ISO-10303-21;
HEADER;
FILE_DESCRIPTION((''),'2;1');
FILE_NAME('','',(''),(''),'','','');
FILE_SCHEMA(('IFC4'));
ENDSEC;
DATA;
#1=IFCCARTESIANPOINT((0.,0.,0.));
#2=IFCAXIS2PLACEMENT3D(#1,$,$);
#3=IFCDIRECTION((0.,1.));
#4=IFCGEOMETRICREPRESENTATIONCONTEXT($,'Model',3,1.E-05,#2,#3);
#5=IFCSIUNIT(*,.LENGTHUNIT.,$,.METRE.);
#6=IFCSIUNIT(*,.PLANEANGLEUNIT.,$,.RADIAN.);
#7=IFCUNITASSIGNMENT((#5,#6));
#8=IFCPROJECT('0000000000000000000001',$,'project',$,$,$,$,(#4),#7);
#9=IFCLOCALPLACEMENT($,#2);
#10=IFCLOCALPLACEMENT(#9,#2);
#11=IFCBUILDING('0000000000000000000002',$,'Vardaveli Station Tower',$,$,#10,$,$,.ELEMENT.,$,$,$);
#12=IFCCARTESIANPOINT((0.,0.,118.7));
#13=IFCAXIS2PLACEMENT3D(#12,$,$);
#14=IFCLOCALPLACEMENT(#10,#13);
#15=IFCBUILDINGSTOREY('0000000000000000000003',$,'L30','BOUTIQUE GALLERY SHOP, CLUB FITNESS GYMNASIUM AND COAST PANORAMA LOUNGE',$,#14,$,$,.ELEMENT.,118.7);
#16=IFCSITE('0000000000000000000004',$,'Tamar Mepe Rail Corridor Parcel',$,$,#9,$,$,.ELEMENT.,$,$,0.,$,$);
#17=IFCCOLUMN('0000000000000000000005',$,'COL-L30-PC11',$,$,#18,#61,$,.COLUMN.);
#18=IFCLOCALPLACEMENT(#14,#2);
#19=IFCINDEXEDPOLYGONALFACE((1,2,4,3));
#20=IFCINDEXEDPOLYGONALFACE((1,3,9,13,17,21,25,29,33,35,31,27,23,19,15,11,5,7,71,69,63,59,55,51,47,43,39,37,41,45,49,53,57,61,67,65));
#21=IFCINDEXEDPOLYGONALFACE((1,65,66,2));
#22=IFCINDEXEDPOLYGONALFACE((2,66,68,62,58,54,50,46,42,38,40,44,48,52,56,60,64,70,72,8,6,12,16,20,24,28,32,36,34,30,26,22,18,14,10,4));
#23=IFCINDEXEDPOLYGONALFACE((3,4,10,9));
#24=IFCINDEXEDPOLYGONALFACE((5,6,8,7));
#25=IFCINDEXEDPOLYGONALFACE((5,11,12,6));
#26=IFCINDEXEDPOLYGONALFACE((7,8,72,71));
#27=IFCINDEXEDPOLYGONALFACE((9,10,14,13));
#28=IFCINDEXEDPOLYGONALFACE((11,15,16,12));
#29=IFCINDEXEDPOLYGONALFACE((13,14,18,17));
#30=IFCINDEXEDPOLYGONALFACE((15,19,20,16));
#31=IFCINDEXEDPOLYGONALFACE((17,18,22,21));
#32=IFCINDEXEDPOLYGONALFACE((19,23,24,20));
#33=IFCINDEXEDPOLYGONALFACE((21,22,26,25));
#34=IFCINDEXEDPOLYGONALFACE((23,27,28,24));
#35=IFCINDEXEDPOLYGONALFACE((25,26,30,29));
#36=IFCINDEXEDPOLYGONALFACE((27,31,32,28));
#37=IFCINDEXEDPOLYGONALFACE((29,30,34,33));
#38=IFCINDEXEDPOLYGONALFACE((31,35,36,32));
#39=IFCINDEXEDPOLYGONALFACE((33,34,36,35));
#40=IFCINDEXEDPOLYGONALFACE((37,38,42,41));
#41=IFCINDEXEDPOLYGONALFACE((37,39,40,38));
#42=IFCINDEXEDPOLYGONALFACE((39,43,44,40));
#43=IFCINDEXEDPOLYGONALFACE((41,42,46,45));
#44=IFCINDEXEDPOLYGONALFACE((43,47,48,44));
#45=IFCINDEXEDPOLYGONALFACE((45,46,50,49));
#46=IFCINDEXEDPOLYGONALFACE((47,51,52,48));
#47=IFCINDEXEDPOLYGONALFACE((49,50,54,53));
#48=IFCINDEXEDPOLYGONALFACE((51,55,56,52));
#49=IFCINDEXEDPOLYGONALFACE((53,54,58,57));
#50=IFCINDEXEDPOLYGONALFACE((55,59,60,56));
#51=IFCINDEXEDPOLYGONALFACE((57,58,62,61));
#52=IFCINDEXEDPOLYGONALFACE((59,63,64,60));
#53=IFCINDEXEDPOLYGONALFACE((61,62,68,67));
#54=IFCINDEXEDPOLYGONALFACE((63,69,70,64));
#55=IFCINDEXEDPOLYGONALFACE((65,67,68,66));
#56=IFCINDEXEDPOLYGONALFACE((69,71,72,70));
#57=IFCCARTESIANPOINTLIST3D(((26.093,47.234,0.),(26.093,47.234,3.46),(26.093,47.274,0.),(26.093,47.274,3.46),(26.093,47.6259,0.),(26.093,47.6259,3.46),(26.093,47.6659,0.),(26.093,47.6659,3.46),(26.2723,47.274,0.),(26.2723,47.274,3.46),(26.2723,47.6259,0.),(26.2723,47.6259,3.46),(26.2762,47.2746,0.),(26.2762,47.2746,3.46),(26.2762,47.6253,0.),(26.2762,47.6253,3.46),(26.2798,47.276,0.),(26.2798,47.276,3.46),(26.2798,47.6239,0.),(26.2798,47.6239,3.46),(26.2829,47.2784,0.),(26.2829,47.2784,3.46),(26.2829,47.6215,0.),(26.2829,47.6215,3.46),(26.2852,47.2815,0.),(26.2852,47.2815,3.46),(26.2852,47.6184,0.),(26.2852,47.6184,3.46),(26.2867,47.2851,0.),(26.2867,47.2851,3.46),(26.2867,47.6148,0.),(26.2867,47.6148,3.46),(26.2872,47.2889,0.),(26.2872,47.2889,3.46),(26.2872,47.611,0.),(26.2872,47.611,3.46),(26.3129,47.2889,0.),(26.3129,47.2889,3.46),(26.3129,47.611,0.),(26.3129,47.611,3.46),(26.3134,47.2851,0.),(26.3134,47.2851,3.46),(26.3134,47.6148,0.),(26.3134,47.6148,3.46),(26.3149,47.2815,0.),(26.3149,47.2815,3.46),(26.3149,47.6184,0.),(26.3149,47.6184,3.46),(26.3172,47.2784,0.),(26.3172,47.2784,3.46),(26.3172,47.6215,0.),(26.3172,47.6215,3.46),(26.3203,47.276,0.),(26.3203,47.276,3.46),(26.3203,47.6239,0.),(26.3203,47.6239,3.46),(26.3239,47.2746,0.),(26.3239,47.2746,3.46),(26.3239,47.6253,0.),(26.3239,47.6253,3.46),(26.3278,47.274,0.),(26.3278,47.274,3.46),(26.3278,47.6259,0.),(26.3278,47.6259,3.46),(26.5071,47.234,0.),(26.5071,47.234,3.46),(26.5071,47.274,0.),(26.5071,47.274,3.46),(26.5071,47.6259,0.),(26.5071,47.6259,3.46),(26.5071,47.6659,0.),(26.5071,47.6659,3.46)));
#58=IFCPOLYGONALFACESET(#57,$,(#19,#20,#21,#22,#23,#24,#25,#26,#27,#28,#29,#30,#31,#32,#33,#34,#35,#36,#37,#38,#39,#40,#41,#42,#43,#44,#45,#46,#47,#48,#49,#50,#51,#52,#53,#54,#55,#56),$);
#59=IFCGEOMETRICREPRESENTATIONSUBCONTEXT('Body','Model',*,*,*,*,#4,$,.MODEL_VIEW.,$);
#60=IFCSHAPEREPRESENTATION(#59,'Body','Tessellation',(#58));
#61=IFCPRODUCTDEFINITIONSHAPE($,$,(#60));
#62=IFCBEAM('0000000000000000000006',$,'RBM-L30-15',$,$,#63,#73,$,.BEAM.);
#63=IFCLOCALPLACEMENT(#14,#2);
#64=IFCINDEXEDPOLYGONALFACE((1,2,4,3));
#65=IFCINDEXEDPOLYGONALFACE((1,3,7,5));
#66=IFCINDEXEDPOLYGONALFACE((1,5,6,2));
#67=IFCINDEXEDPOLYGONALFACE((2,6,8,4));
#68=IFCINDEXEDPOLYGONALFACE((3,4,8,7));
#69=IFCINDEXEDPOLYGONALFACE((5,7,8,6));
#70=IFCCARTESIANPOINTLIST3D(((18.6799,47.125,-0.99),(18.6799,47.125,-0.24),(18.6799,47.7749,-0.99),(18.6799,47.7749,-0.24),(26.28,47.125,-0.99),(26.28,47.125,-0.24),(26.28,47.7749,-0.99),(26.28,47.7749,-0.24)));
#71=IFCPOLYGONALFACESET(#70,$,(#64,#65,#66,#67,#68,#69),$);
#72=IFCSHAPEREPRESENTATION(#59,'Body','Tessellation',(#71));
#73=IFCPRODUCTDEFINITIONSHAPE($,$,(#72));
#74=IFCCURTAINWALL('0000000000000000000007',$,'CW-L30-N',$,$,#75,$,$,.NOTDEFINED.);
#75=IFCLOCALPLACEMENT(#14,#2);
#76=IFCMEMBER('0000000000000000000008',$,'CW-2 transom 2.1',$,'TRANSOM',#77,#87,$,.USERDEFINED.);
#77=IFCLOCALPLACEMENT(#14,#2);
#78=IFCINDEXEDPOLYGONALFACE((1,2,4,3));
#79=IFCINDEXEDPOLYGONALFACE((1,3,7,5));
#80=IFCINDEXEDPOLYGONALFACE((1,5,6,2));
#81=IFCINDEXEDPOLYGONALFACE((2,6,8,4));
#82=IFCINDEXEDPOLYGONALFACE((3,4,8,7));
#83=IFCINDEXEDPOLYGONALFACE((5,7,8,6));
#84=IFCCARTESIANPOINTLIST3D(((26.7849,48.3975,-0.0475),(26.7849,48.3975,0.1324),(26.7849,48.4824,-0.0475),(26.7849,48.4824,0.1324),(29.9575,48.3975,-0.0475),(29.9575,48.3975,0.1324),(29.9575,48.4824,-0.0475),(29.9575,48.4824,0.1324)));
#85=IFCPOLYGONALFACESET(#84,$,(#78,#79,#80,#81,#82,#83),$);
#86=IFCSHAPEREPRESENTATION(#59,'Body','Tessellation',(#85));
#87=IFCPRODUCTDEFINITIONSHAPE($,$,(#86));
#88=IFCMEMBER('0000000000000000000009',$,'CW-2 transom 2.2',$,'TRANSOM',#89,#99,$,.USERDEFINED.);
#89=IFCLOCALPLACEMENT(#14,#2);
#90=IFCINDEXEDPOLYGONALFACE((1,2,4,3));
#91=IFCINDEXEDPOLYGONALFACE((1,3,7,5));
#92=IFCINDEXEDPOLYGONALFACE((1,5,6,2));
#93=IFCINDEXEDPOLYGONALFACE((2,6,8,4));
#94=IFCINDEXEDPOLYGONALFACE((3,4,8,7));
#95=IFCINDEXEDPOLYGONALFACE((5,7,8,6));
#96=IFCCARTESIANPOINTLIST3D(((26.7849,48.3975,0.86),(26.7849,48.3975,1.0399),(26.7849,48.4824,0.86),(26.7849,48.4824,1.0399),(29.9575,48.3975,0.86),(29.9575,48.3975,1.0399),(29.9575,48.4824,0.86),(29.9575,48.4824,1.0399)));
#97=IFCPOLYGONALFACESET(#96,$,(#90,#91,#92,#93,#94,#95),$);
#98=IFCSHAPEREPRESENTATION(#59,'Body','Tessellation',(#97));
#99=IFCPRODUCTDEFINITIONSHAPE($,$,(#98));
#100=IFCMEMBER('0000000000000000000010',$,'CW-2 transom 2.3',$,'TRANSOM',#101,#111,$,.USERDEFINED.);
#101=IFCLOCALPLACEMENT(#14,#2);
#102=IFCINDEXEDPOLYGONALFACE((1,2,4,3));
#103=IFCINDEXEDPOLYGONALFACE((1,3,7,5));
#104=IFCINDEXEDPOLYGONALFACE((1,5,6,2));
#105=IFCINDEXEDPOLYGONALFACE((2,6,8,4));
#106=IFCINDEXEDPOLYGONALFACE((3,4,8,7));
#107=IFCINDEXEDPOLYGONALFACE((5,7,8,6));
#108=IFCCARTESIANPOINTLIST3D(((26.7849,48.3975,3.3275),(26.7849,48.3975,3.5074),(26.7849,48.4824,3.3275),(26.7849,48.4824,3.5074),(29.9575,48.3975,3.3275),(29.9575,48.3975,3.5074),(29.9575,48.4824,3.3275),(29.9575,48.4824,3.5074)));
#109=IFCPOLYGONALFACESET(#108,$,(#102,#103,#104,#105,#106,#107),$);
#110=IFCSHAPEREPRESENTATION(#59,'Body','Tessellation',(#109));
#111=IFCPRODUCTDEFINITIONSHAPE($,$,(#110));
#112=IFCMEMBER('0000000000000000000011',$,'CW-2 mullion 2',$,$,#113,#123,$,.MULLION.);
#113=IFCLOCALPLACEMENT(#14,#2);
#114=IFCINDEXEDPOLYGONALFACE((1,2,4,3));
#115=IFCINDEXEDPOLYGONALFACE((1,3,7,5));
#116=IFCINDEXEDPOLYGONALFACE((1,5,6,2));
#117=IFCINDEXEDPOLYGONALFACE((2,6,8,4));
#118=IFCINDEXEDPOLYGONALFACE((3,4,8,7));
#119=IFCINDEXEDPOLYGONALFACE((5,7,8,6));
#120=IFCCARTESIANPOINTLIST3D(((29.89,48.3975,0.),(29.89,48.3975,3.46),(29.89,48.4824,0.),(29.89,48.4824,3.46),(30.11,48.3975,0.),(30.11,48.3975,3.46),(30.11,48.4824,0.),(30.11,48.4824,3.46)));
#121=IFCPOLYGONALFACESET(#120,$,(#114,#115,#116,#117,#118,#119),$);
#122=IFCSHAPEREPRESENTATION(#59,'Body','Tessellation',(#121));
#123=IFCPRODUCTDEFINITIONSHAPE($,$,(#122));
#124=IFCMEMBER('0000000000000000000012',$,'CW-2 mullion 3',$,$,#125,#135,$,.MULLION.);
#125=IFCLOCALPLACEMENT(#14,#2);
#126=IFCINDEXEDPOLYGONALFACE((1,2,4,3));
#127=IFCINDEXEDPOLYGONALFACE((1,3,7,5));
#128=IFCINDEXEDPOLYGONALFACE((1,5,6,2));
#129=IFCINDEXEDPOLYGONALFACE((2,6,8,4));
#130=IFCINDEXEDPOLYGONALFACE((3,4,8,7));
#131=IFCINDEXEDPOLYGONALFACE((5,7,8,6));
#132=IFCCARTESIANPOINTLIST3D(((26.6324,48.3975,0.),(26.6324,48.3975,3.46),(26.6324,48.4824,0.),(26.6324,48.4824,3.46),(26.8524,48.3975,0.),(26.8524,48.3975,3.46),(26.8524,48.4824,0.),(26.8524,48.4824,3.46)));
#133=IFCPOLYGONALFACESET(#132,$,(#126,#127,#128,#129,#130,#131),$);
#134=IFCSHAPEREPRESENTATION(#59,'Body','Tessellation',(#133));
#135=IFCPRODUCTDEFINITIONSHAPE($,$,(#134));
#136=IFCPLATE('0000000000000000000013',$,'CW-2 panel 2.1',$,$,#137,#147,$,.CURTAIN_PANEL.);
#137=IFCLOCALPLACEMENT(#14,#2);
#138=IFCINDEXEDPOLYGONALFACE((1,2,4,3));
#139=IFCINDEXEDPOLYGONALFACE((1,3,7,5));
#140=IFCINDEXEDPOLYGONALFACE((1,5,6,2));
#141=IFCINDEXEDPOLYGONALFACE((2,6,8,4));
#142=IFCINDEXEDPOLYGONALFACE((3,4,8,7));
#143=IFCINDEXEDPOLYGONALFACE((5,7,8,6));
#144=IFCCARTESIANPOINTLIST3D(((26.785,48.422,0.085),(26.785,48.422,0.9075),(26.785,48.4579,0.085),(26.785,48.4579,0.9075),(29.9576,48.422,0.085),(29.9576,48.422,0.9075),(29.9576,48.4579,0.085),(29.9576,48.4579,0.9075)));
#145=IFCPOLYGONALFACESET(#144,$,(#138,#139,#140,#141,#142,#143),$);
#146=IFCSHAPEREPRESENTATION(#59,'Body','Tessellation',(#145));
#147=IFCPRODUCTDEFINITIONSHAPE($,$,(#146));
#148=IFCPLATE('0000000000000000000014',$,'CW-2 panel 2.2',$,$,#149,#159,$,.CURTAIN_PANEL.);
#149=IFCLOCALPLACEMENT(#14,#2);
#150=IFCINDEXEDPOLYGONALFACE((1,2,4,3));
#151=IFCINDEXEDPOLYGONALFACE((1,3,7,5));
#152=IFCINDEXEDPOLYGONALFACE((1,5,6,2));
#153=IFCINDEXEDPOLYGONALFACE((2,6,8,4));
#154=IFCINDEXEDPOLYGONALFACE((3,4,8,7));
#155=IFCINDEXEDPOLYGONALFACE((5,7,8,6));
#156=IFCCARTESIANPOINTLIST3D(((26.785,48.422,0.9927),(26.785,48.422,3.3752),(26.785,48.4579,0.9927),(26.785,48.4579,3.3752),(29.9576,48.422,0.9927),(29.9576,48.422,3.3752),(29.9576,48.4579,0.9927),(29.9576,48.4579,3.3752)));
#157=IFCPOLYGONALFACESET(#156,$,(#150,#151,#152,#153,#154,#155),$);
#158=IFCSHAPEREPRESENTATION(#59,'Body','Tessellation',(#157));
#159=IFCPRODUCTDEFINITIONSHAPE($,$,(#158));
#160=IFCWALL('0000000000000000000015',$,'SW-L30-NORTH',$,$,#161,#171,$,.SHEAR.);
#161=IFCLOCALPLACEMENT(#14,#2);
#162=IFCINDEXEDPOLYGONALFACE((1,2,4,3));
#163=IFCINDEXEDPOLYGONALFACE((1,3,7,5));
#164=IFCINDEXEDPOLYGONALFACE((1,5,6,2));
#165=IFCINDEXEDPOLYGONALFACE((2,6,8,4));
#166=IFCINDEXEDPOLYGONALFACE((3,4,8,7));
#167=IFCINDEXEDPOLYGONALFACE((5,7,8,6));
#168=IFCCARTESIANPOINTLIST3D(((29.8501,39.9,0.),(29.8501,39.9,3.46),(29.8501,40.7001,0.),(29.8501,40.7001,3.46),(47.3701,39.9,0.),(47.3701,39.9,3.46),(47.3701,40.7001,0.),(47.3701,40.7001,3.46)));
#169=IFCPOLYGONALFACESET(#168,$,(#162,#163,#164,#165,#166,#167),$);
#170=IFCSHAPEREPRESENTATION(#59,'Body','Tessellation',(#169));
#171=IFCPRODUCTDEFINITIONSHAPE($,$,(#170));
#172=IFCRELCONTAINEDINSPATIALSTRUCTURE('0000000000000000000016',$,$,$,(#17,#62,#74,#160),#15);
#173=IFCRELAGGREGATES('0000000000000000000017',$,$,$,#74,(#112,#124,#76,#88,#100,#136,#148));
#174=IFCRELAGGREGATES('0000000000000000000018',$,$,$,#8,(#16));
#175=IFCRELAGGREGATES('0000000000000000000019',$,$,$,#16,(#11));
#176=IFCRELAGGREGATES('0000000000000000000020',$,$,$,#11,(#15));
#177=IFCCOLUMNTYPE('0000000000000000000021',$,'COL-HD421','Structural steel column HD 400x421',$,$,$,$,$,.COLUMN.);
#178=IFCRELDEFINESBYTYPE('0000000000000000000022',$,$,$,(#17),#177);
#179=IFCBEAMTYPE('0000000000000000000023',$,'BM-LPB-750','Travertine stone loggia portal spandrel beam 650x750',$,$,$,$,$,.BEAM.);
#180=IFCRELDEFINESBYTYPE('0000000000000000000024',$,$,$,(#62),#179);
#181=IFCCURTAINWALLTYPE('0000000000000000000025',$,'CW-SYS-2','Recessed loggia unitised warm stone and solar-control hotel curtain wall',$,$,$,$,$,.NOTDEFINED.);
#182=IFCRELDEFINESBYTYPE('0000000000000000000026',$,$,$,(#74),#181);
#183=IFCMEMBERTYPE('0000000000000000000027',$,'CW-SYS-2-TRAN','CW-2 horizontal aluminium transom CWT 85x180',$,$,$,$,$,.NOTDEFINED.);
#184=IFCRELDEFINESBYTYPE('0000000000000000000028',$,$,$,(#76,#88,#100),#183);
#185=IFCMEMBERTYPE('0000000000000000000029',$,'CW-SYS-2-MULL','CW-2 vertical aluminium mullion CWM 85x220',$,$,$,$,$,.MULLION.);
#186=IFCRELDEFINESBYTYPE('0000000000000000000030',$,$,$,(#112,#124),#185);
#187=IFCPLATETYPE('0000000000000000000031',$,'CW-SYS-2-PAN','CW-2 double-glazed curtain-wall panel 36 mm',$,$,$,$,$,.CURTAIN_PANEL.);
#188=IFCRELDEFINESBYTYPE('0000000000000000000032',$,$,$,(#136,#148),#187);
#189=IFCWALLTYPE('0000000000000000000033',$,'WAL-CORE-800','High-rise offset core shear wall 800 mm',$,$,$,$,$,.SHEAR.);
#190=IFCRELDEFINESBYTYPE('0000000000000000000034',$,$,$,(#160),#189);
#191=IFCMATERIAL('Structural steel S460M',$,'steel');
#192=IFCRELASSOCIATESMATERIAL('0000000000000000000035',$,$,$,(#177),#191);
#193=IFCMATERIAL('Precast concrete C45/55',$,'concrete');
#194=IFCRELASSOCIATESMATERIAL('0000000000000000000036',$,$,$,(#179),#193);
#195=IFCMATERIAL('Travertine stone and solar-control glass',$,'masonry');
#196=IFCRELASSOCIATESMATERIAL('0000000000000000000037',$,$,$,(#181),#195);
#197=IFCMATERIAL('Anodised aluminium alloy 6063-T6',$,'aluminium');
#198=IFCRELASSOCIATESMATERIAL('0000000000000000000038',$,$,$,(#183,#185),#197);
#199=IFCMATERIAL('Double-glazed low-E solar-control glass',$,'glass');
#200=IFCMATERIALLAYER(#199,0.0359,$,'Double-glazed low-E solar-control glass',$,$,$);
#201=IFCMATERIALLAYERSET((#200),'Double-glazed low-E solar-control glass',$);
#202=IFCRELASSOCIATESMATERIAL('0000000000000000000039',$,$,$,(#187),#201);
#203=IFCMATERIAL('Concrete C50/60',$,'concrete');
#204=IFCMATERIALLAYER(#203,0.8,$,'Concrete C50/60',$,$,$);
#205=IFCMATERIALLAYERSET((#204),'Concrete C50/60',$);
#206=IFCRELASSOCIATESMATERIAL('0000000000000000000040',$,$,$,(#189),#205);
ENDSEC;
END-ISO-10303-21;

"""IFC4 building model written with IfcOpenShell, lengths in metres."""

from ifc_helpers import new_model, si_unit, direction, frame, frame_2d, origin, origin_2d, place, context, subcontext, project, spatial, rectangle, i_section, extrude, source, transform, mapped, material, layer, layer_set, material_profile, profile_set, type_object, element, aggregate, save


model = new_model("IFC4")

# Units and contexts
model_context = context("Model", 3, precision=1e-05, world=origin(), true_north=direction((0.0, 1.0)))
body_context = subcontext(model_context, "Body", "Model", "MODEL_VIEW")
ifc_project = project(units=[si_unit("LENGTHUNIT", "METRE"), si_unit("PLANEANGLEUNIT", "RADIAN")], contexts=[model_context])

# Site, building, storey
site_placement = place(None, origin())
site = spatial("IfcSite", under=ifc_project, at=site_placement, Name="Tamar Mepe Rail Corridor Parcel", CompositionType="ELEMENT", RefElevation=0.0)
building_placement = place(site_placement, origin())
building = spatial("IfcBuilding", under=site, at=building_placement, Name="Vardaveli Station Tower", CompositionType="ELEMENT")
storey_placement = place(building_placement, frame((0.0, 0.0, 118.7)))
storey = spatial("IfcBuildingStorey", under=building, at=storey_placement, Name="L30", Description="BOUTIQUE GALLERY SHOP, CLUB FITNESS GYMNASIUM AND COAST PANORAMA LOUNGE", CompositionType="ELEMENT", Elevation=118.7)

# Column
ifc_material_1 = material(Name="Structural steel S460M", Category="steel")
ifc_material_profile_1 = material_profile(ifc_material_1, i_section(OverallWidth=0.4141, OverallDepth=0.4319, WebThickness=0.0256, FlangeThickness=0.04, FilletRadius=0.0149, at=origin_2d()), Name="HD 400x421")
ifc_profile_set_1 = profile_set([ifc_material_profile_1], Name="Structural steel S460M")
column_type = type_object("IfcColumnType", Name="COL-HD421", Description="Structural steel column HD 400x421", PredefinedType="COLUMN", material=ifc_profile_set_1)
shared_shape_1 = source(origin(), body_context, "Body", "SweptSolid", [
    extrude(i_section(OverallWidth=0.4141, OverallDepth=0.4319, WebThickness=0.0256, FlangeThickness=0.04, FilletRadius=0.0149, at=origin_2d()), origin(), (0.0, 0.0, 1.0), 3.46),
])
column_placement = place(storey_placement, frame((26.3, 47.45, 0.0), z_axis=(0.0, 0.0, 1.0), x_axis=(1.0, 0.0, 0.0)))
element("IfcColumn", 1, at=column_placement, inside=storey, type_object=column_type, Name="COL-L30-PC11", PredefinedType="COLUMN", context=body_context, shape_type="MappedRepresentation", body=[
    mapped(shared_shape_1, transform((0.0, 0.0, 0.0), scale=1.0)),
])

# Beam
ifc_material_2 = material(Name="Precast concrete C45/55", Category="concrete")
ifc_material_profile_2 = material_profile(ifc_material_2, rectangle(XDim=0.6499, YDim=0.75, at=origin_2d()), Name="LPB 650x750")
ifc_profile_set_2 = profile_set([ifc_material_profile_2], Name="Precast concrete C45/55")
beam_type = type_object("IfcBeamType", Name="BM-LPB-750", Description="Travertine stone loggia portal spandrel beam 650x750", PredefinedType="BEAM", material=ifc_profile_set_2)
shared_shape_2 = source(origin(), body_context, "Body", "SweptSolid", [
    extrude(rectangle(XDim=0.6499, YDim=0.75, at=origin_2d()), origin(), (0.0, 0.0, 1.0), 7.6001),
])
beam_placement = place(storey_placement, frame((26.28, 47.45, -0.615), z_axis=(-1.0, 0.0, 0.0), x_axis=(0.0, -1.0, 0.0)))
element("IfcBeam", 2, at=beam_placement, inside=storey, type_object=beam_type, Name="RBM-L30-15", PredefinedType="BEAM", context=body_context, shape_type="MappedRepresentation", body=[
    mapped(shared_shape_2, transform((0.0, 0.0, 0.0), scale=1.0)),
])

# Curtain wall, members, plates
ifc_material_3 = material(Name="Travertine stone and solar-control glass", Category="masonry")
curtain_wall_type = type_object("IfcCurtainWallType", Name="CW-SYS-2", Description="Recessed loggia unitised warm stone and solar-control hotel curtain wall", PredefinedType="NOTDEFINED", material=ifc_material_3)
curtain_wall_placement = place(storey_placement, origin())
curtain_wall = element("IfcCurtainWall", 3, at=curtain_wall_placement, inside=storey, type_object=curtain_wall_type, Name="CW-L30-N", PredefinedType="NOTDEFINED")
ifc_material_4 = material(Name="Anodised aluminium alloy 6063-T6", Category="aluminium")
ifc_material_profile_3 = material_profile(ifc_material_4, rectangle(XDim=0.085, YDim=0.1799, at=origin_2d()), Name="CWT 85x180")
ifc_profile_set_3 = profile_set([ifc_material_profile_3], Name="Anodised aluminium alloy 6063-T6")
member_type_1 = type_object("IfcMemberType", Name="CW-SYS-2-TRAN", Description="CW-2 horizontal aluminium transom CWT 85x180", PredefinedType="NOTDEFINED", material=ifc_profile_set_3)
shared_shape_3 = source(origin(), body_context, "Body", "SweptSolid", [
    extrude(rectangle(XDim=0.085, YDim=0.1799, at=origin_2d()), origin(), (0.0, 0.0, 1.0), 3.1726),
])
member_1_placement = place(storey_placement, frame((29.9575, 48.4399, 0.0425), z_axis=(-1.0, 0.0, 0.0), x_axis=(0.0, -1.0, 0.0)))
member_1 = element("IfcMember", 4, at=member_1_placement, type_object=member_type_1, Name="CW-2 transom 2.1", ObjectType="TRANSOM", PredefinedType="USERDEFINED", context=body_context, shape_type="MappedRepresentation", body=[
    mapped(shared_shape_3, transform((0.0, 0.0, 0.0), scale=1.0)),
])
member_2_placement = place(storey_placement, frame((29.9575, 48.4399, 0.95), z_axis=(-1.0, 0.0, 0.0), x_axis=(0.0, -1.0, 0.0)))
member_2 = element("IfcMember", 5, at=member_2_placement, type_object=member_type_1, Name="CW-2 transom 2.2", ObjectType="TRANSOM", PredefinedType="USERDEFINED", context=body_context, shape_type="MappedRepresentation", body=[
    mapped(shared_shape_3, transform((0.0, 0.0, 0.0), scale=1.0)),
])
member_3_placement = place(storey_placement, frame((29.9575, 48.4399, 3.4175), z_axis=(-1.0, 0.0, 0.0), x_axis=(0.0, -1.0, 0.0)))
member_3 = element("IfcMember", 6, at=member_3_placement, type_object=member_type_1, Name="CW-2 transom 2.3", ObjectType="TRANSOM", PredefinedType="USERDEFINED", context=body_context, shape_type="MappedRepresentation", body=[
    mapped(shared_shape_3, transform((0.0, 0.0, 0.0), scale=1.0)),
])
ifc_material_profile_4 = material_profile(ifc_material_4, rectangle(XDim=0.085, YDim=0.22, at=origin_2d()), Name="CWM 85x220")
ifc_profile_set_4 = profile_set([ifc_material_profile_4], Name="Anodised aluminium alloy 6063-T6")
member_type_2 = type_object("IfcMemberType", Name="CW-SYS-2-MULL", Description="CW-2 vertical aluminium mullion CWM 85x220", PredefinedType="MULLION", material=ifc_profile_set_4)
shared_shape_4 = source(origin(), body_context, "Body", "SweptSolid", [
    extrude(rectangle(XDim=0.085, YDim=0.22, at=origin_2d()), origin(), (0.0, 0.0, 1.0), 3.46),
])
member_4_placement = place(storey_placement, frame((30.0, 48.4399, 0.0), z_axis=(0.0, 0.0, 1.0), x_axis=(0.0, -1.0, 0.0)))
member_4 = element("IfcMember", 7, at=member_4_placement, type_object=member_type_2, Name="CW-2 mullion 2", PredefinedType="MULLION", context=body_context, shape_type="MappedRepresentation", body=[
    mapped(shared_shape_4, transform((0.0, 0.0, 0.0), scale=1.0)),
])
member_5_placement = place(storey_placement, frame((26.7424, 48.4399, 0.0), z_axis=(0.0, 0.0, 1.0), x_axis=(0.0, -1.0, 0.0)))
member_5 = element("IfcMember", 8, at=member_5_placement, type_object=member_type_2, Name="CW-2 mullion 3", PredefinedType="MULLION", context=body_context, shape_type="MappedRepresentation", body=[
    mapped(shared_shape_4, transform((0.0, 0.0, 0.0), scale=1.0)),
])
ifc_material_5 = material(Name="Double-glazed low-E solar-control glass", Category="glass")
ifc_layer_1 = layer(ifc_material_5, 0.0359, Name="Double-glazed low-E solar-control glass")
ifc_layer_set_1 = layer_set([ifc_layer_1], Name="Double-glazed low-E solar-control glass")
plate_type = type_object("IfcPlateType", Name="CW-SYS-2-PAN", Description="CW-2 double-glazed curtain-wall panel 36 mm", PredefinedType="CURTAIN_PANEL", material=ifc_layer_set_1)
shared_shape_5 = source(origin(), body_context, "Body", "SweptSolid", [
    extrude(rectangle(XDim=3.1726, YDim=0.0359, at=origin_2d()), origin(), (0.0, 0.0, 1.0), 0.8225),
])
plate_1_placement = place(storey_placement, frame((28.3713, 48.4399, 0.085), z_axis=(0.0, 0.0, 1.0), x_axis=(-1.0, 0.0, 0.0)))
plate_1 = element("IfcPlate", 9, at=plate_1_placement, type_object=plate_type, Name="CW-2 panel 2.1", PredefinedType="CURTAIN_PANEL", context=body_context, shape_type="MappedRepresentation", body=[
    mapped(shared_shape_5, transform((0.0, 0.0, 0.0), scale=1.0)),
])
shared_shape_6 = source(origin(), body_context, "Body", "SweptSolid", [
    extrude(rectangle(XDim=3.1726, YDim=0.0359, at=origin_2d()), origin(), (0.0, 0.0, 1.0), 2.3826),
])
plate_2_placement = place(storey_placement, frame((28.3713, 48.4399, 0.9927), z_axis=(0.0, 0.0, 1.0), x_axis=(-1.0, 0.0, 0.0)))
plate_2 = element("IfcPlate", 10, at=plate_2_placement, type_object=plate_type, Name="CW-2 panel 2.2", PredefinedType="CURTAIN_PANEL", context=body_context, shape_type="MappedRepresentation", body=[
    mapped(shared_shape_6, transform((0.0, 0.0, 0.0), scale=1.0)),
])
aggregate(curtain_wall, [member_4, member_5, member_1, member_2, member_3, plate_1, plate_2])

# Wall
ifc_material_6 = material(Name="Concrete C50/60", Category="concrete")
ifc_layer_2 = layer(ifc_material_6, 0.8, Name="Concrete C50/60")
ifc_layer_set_2 = layer_set([ifc_layer_2], Name="Concrete C50/60")
wall_type_1 = type_object("IfcWallType", Name="WAL-CORE-800", Description="High-rise offset core shear wall 800 mm", PredefinedType="SHEAR", material=ifc_layer_set_2)
shared_shape_7 = source(origin(), body_context, "Body", "SweptSolid", [
    extrude(rectangle(XDim=17.52, YDim=0.8, at=frame_2d((8.76, 0.0))), origin(), (0.0, 0.0, 1.0), 3.46),
])
wall_1_placement = place(storey_placement, frame((29.8501, 40.3, 0.0), z_axis=(0.0, 0.0, 1.0), x_axis=(1.0, 0.0, 0.0)))
element("IfcWall", 11, at=wall_1_placement, inside=storey, type_object=wall_type_1, Name="SW-L30-NORTH", PredefinedType="SHEAR", context=body_context, shape_type="MappedRepresentation", body=[
    mapped(shared_shape_7, transform((0.0, 0.0, 0.0), scale=1.0)),
])

save(model, "model.ifc")
